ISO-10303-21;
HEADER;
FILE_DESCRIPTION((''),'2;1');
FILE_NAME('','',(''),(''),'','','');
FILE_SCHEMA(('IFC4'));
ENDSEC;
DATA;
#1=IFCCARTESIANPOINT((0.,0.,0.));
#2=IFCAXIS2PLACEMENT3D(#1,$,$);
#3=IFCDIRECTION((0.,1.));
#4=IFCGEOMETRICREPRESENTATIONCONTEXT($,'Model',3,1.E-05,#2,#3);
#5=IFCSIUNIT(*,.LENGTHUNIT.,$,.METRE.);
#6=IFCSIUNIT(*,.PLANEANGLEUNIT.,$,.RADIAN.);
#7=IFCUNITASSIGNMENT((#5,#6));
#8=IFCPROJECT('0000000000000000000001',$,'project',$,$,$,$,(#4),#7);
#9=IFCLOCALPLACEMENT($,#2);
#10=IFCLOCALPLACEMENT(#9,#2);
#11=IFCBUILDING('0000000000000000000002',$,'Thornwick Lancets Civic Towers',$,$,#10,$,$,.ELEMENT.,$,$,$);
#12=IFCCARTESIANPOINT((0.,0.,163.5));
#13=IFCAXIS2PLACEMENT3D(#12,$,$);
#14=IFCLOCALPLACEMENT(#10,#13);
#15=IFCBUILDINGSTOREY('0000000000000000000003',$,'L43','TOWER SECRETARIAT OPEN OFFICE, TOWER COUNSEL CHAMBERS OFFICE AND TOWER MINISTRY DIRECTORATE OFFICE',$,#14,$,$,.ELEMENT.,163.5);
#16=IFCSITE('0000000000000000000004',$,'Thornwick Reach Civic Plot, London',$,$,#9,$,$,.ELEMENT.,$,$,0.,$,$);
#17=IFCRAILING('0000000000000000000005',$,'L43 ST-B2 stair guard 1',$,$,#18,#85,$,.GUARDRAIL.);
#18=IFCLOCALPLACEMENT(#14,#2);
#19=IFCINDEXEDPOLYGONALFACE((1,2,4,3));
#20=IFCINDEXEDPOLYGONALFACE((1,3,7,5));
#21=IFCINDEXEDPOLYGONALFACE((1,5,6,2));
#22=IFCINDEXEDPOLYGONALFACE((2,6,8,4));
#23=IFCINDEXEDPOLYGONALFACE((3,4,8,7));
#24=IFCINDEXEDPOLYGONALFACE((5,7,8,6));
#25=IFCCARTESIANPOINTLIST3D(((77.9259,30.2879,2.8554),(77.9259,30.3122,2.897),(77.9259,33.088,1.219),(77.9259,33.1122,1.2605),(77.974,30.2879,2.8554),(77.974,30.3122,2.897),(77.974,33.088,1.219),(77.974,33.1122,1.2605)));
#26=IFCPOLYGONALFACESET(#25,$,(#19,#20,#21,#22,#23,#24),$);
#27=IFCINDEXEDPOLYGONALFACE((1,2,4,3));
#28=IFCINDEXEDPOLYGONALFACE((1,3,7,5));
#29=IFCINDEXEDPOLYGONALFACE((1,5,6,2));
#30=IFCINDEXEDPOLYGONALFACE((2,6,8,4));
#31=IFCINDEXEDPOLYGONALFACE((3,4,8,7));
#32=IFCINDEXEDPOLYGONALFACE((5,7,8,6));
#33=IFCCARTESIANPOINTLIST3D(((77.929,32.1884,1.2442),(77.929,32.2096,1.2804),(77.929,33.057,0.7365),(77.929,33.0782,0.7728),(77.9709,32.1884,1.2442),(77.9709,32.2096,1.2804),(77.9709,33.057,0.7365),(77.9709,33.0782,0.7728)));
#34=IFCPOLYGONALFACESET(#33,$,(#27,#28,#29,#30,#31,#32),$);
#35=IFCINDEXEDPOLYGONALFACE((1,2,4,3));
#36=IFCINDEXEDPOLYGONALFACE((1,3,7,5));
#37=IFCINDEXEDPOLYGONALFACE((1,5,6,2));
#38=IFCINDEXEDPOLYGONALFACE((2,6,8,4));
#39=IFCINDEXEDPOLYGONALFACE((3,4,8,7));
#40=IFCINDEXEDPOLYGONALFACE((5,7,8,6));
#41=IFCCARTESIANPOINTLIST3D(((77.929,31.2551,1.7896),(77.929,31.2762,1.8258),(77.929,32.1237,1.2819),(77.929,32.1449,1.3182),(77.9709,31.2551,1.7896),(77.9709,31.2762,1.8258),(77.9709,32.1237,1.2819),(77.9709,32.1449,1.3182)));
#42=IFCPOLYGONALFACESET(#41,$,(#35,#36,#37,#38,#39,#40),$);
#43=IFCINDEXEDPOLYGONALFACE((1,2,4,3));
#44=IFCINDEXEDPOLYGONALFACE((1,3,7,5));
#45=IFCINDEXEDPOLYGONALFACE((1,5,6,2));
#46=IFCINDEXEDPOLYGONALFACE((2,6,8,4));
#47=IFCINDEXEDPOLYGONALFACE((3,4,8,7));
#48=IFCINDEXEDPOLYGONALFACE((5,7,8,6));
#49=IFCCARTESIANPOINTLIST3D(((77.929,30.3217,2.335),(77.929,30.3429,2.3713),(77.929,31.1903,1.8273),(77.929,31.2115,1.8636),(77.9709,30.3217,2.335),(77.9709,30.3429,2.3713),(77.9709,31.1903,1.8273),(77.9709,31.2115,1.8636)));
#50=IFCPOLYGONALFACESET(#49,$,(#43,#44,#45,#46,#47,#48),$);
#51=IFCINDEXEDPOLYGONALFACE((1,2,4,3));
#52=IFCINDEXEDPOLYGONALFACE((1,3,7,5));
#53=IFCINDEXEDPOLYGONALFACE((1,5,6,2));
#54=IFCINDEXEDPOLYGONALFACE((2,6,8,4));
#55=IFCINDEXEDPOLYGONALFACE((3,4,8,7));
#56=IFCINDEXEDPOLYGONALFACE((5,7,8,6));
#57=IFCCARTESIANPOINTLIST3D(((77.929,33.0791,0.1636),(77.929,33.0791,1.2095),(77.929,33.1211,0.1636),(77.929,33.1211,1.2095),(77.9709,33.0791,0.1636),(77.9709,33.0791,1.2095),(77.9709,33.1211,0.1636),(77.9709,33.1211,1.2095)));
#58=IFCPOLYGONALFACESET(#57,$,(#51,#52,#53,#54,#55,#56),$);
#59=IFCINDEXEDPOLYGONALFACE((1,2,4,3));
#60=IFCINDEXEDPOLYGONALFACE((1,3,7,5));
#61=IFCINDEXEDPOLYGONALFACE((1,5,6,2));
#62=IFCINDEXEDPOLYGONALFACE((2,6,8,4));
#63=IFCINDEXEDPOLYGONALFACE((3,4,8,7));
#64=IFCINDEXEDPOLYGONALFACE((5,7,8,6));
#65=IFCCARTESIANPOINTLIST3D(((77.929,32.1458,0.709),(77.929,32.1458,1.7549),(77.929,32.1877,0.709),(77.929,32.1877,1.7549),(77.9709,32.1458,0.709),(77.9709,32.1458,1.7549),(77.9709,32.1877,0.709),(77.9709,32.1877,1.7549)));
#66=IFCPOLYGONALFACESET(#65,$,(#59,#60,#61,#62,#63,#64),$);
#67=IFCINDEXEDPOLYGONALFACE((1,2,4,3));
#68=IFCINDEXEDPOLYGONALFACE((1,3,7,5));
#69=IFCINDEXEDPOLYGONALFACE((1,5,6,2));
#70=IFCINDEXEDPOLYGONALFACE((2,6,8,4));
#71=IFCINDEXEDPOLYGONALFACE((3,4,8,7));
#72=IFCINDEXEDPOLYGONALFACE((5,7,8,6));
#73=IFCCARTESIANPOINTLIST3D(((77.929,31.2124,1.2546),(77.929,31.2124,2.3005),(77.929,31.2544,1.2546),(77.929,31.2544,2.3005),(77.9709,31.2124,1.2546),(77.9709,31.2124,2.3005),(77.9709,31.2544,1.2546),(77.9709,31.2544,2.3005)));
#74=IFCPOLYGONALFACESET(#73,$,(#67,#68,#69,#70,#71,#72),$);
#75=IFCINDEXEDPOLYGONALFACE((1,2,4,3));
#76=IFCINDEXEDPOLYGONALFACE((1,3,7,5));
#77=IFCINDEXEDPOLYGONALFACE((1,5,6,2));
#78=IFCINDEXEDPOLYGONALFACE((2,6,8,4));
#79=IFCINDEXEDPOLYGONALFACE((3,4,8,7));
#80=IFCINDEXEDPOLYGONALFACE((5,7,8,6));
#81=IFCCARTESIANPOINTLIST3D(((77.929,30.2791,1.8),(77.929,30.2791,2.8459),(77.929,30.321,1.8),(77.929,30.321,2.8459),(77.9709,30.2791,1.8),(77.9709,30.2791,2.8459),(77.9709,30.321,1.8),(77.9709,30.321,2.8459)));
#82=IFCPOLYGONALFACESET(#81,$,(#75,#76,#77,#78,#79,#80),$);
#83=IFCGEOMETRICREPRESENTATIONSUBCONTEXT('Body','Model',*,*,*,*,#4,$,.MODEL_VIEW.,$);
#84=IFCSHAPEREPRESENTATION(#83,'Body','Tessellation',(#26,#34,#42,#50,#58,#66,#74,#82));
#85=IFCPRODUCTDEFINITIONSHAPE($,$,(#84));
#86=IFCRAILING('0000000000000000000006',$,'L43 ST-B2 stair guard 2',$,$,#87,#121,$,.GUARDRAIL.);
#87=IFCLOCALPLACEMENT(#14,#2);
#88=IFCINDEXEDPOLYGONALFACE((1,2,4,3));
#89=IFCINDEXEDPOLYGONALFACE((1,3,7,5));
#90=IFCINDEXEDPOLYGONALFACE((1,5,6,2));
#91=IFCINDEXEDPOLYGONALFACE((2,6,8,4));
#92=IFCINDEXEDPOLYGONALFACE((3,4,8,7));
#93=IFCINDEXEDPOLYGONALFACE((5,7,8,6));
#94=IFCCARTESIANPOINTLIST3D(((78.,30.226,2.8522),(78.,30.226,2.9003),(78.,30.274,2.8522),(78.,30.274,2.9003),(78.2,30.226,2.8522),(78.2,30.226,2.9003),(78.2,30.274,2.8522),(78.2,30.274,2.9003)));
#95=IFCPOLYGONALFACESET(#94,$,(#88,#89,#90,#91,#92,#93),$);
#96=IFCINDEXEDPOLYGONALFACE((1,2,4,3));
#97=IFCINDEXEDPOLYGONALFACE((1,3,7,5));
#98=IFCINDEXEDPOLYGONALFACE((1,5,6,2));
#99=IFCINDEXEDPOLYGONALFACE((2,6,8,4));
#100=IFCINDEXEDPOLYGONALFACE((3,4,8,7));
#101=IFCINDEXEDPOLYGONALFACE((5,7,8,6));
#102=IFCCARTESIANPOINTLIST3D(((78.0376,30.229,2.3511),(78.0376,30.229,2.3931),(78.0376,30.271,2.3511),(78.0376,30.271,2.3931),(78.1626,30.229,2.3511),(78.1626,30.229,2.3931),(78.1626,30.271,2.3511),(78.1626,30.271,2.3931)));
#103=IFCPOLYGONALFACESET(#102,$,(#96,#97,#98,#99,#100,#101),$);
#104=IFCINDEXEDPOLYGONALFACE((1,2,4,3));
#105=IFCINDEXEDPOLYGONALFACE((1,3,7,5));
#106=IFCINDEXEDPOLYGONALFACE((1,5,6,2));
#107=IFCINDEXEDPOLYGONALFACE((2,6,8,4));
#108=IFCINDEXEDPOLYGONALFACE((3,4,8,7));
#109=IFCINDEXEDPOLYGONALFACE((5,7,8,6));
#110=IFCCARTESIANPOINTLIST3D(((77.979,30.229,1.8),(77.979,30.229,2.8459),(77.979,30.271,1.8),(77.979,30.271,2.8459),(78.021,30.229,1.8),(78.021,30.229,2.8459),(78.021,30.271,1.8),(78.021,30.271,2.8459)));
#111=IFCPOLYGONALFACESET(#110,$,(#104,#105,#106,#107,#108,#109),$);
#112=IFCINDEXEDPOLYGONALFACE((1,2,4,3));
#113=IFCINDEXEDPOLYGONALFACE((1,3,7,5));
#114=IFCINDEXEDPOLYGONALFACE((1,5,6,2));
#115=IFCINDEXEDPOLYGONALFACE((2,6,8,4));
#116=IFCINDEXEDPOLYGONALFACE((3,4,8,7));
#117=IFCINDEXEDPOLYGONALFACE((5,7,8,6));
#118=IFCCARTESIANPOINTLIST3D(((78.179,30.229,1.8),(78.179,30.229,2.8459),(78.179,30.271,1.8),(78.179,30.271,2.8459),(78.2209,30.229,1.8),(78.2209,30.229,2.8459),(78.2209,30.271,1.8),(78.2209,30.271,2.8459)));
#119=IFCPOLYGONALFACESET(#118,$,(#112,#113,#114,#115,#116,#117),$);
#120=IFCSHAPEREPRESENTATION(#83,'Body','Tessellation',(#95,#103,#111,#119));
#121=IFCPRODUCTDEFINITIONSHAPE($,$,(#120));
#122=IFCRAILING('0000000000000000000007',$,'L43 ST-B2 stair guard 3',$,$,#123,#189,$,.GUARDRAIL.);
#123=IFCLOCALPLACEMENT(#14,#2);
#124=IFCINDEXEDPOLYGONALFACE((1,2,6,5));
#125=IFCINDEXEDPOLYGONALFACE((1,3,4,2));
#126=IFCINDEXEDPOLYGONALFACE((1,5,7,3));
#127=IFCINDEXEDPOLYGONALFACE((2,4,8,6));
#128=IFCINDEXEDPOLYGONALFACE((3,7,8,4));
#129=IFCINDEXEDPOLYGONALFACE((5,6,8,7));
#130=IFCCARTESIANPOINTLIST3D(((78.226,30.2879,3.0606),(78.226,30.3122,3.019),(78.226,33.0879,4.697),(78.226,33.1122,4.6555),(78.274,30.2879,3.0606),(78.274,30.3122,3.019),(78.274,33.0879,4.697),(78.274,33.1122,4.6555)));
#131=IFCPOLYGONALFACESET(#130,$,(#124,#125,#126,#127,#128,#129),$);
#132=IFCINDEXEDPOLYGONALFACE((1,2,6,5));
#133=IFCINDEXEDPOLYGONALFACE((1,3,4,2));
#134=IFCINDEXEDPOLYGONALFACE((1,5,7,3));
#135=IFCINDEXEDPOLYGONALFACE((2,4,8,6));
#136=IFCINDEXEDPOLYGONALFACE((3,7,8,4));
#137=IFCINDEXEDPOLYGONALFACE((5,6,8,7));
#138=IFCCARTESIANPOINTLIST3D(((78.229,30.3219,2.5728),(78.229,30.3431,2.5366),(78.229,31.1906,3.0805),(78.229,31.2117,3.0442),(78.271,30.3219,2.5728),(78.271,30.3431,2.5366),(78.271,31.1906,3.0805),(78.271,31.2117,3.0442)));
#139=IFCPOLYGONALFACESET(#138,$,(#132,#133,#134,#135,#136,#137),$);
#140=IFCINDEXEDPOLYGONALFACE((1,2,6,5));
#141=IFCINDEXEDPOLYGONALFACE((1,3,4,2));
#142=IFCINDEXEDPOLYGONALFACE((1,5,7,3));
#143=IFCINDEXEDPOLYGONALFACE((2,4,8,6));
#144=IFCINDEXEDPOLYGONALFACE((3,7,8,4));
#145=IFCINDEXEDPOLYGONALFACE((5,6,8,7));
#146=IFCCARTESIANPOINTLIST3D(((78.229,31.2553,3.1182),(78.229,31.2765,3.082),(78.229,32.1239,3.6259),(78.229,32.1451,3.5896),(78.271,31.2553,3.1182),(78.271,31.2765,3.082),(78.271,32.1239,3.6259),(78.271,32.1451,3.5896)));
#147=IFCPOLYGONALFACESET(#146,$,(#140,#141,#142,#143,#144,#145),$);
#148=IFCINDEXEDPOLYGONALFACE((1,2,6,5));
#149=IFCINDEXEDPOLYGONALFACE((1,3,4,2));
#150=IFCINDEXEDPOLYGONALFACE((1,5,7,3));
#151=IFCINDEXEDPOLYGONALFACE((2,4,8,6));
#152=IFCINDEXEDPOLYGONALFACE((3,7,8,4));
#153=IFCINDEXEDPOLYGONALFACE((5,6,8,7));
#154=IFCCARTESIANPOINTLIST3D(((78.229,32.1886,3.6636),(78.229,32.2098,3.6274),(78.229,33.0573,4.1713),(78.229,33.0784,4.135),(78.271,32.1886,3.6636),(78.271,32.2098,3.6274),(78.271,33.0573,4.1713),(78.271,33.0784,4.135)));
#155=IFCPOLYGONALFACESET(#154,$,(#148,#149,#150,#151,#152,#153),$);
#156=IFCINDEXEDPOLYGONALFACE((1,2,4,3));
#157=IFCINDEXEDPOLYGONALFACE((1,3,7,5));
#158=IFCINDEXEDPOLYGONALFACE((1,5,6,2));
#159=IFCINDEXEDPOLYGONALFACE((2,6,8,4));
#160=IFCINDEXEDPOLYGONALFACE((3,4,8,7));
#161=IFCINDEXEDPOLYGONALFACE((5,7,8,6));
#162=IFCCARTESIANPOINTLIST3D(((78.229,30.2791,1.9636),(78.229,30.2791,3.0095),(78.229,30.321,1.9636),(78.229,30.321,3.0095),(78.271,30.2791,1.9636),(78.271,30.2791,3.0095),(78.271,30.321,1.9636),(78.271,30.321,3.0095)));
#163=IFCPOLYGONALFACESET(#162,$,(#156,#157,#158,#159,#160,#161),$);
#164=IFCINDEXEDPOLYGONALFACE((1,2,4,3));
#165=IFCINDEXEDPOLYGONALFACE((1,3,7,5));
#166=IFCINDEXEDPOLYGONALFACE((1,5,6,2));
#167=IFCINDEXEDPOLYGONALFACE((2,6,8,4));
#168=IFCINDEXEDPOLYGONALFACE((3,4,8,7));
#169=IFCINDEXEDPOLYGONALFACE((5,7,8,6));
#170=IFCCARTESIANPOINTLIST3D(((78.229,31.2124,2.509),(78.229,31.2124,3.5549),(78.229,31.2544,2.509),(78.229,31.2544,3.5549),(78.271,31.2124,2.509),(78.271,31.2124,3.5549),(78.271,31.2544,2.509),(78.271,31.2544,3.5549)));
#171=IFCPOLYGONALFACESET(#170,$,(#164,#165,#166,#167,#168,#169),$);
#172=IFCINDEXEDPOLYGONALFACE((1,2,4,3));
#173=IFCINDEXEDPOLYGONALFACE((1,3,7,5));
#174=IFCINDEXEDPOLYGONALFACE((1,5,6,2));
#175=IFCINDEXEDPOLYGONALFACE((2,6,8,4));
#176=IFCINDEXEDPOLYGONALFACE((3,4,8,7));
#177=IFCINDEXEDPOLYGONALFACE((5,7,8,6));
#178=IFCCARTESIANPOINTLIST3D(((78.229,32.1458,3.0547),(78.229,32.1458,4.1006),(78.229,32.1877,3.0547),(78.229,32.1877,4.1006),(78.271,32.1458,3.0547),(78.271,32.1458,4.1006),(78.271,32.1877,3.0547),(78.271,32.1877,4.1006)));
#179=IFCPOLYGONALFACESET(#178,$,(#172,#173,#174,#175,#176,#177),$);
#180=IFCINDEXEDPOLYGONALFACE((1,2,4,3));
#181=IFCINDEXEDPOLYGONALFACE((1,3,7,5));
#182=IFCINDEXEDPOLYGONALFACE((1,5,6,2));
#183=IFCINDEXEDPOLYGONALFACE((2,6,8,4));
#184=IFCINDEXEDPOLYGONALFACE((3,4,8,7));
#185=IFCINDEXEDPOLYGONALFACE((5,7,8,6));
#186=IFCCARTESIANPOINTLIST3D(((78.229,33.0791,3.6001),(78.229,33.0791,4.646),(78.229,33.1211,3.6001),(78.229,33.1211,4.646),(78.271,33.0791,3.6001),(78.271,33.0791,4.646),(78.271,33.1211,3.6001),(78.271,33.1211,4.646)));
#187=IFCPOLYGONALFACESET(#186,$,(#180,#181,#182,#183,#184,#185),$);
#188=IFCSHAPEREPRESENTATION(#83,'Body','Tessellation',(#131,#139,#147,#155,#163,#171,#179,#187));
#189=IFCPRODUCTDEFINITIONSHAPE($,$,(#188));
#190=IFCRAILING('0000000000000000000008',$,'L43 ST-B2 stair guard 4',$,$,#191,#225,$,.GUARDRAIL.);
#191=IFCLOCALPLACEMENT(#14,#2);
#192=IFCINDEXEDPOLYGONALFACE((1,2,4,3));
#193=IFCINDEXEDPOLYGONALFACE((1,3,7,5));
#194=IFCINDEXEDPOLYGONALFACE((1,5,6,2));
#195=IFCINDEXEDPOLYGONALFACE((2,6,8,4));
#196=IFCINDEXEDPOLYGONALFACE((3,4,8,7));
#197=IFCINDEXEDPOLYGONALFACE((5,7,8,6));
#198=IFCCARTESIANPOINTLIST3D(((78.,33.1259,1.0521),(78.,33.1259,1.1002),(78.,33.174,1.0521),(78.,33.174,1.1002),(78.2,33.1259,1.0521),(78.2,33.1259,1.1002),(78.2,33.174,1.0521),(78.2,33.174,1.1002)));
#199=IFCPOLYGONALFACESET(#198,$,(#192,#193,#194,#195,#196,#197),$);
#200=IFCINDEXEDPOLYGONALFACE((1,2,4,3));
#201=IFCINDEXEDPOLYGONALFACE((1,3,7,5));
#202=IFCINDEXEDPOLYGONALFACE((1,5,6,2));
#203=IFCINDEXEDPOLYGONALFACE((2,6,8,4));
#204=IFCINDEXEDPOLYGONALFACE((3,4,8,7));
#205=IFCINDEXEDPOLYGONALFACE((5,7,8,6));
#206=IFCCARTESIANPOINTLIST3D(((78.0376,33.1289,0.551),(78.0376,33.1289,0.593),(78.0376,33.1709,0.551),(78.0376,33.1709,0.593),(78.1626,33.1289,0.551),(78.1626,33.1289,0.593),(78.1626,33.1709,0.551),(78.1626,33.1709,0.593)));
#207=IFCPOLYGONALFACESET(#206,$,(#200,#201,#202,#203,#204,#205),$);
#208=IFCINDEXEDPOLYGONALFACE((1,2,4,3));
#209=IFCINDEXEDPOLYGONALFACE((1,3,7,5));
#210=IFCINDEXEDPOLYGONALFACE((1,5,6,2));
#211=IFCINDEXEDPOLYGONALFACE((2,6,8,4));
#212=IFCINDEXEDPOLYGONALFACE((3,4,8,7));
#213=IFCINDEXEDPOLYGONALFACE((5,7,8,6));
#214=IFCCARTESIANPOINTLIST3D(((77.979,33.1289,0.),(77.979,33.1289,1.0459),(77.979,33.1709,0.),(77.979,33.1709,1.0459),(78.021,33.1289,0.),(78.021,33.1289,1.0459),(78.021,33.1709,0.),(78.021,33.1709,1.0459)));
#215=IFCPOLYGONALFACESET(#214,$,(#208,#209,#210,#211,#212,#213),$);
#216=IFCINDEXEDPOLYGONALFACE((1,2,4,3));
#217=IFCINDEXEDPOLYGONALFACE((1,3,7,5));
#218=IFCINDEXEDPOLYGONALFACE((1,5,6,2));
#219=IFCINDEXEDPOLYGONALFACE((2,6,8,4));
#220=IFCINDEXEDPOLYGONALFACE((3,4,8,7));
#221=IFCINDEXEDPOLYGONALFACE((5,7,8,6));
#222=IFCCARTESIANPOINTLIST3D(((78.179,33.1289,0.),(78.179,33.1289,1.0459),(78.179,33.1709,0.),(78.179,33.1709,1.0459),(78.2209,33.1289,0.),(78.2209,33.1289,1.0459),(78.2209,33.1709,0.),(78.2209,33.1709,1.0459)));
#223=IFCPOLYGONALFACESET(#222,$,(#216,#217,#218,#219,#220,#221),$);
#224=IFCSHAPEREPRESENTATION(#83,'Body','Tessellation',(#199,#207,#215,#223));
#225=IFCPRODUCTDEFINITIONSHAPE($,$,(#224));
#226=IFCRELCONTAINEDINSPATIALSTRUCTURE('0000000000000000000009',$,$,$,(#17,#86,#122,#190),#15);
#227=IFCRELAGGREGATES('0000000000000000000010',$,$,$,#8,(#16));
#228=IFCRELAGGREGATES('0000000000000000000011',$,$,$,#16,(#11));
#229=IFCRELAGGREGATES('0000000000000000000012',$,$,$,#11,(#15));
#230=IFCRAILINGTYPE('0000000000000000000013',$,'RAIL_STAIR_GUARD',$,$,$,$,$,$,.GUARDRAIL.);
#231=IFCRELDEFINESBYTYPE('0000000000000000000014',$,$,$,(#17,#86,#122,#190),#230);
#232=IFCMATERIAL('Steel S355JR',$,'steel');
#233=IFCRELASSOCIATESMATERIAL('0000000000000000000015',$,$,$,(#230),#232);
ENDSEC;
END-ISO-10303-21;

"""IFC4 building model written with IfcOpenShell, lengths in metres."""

from ifc_helpers import new_model, si_unit, direction, frame, origin, origin_2d, place, context, subcontext, project, spatial, rectangle, extrude, material, type_object, element, save


model = new_model("IFC4")

# Units and contexts
model_context = context("Model", 3, precision=1e-05, world=origin(), true_north=direction((0.0, 1.0)))
body_context = subcontext(model_context, "Body", "Model", "MODEL_VIEW")
ifc_project = project(units=[si_unit("LENGTHUNIT", "METRE"), si_unit("PLANEANGLEUNIT", "RADIAN")], contexts=[model_context])

# Site, building, storey
site_placement = place(None, origin())
site = spatial("IfcSite", under=ifc_project, at=site_placement, Name="Thornwick Reach Civic Plot, London", CompositionType="ELEMENT", RefElevation=0.0)
building_placement = place(site_placement, origin())
building = spatial("IfcBuilding", under=site, at=building_placement, Name="Thornwick Lancets Civic Towers", CompositionType="ELEMENT")
storey_placement = place(building_placement, frame((0.0, 0.0, 163.5)))
storey = spatial("IfcBuildingStorey", under=building, at=storey_placement, Name="L43", Description="TOWER SECRETARIAT OPEN OFFICE, TOWER COUNSEL CHAMBERS OFFICE AND TOWER MINISTRY DIRECTORATE OFFICE", CompositionType="ELEMENT", Elevation=163.5)

# Shared definitions
ifc_material_1 = material(Name="Steel S355JR", Category="steel")

# Railings
railing_type_1 = type_object("IfcRailingType", Name="RAIL_STAIR_GUARD", PredefinedType="GUARDRAIL", material=ifc_material_1)
railing_1_placement = place(storey_placement, frame((77.95, 33.1001, 0.1636)))
element("IfcRailing", 1, at=railing_1_placement, inside=storey, type_object=railing_type_1, Name="L43 ST-B2 stair guard 1", PredefinedType="GUARDRAIL", context=body_context, shape_type="SweptSolid", body=[
    extrude(rectangle(XDim=0.0481, YDim=0.0481, at=origin_2d()), frame((0.0, 0.0, 1.0762), z_axis=(0.0, -0.863361, 0.504587), x_axis=(1.0, 0.0, 0.0)), (0.0, 0.0, 1.0), 3.2432),
    extrude(rectangle(XDim=0.042, YDim=0.042, at=origin_2d()), frame((0.0, -0.0325, 0.5911), z_axis=(0.0, -0.863361, 0.504587), x_axis=(1.0, 0.0, 0.0)), (0.0, 0.0, 1.0), 1.0061),
    extrude(rectangle(XDim=0.042, YDim=0.042, at=origin_2d()), frame((0.0, -0.9658, 1.1365), z_axis=(0.0, -0.863361, 0.504587), x_axis=(1.0, 0.0, 0.0)), (0.0, 0.0, 1.0), 1.0061),
    extrude(rectangle(XDim=0.042, YDim=0.042, at=origin_2d()), frame((0.0, -1.8992, 1.6819), z_axis=(0.0, -0.863361, 0.504587), x_axis=(1.0, 0.0, 0.0)), (0.0, 0.0, 1.0), 1.0061),
    extrude(rectangle(XDim=0.042, YDim=0.042, at=origin_2d()), origin(), (0.0, 0.0, 1.0), 1.0459),
    extrude(rectangle(XDim=0.042, YDim=0.042, at=origin_2d()), frame((0.0, -0.9333, 0.5454)), (0.0, 0.0, 1.0), 1.0459),
    extrude(rectangle(XDim=0.042, YDim=0.042, at=origin_2d()), frame((0.0, -1.8667, 1.0911)), (0.0, 0.0, 1.0), 1.0459),
    extrude(rectangle(XDim=0.042, YDim=0.042, at=origin_2d()), frame((0.0, -2.8, 1.6365)), (0.0, 0.0, 1.0), 1.0459),
])
railing_2_placement = place(storey_placement, frame((78.0, 30.25, 1.8)))
element("IfcRailing", 2, at=railing_2_placement, inside=storey, type_object=railing_type_1, Name="L43 ST-B2 stair guard 2", PredefinedType="GUARDRAIL", context=body_context, shape_type="SweptSolid", body=[
    extrude(rectangle(XDim=0.0481, YDim=0.0481, at=origin_2d()), frame((0.0, 0.0, 1.0762), z_axis=(1.0, 0.0, 0.0), x_axis=(0.0, 1.0, 0.0)), (0.0, 0.0, 1.0), 0.2),
    extrude(rectangle(XDim=0.042, YDim=0.042, at=origin_2d()), frame((0.0376, 0.0, 0.572), z_axis=(1.0, 0.0, 0.0), x_axis=(0.0, 1.0, 0.0)), (0.0, 0.0, 1.0), 0.125),
    extrude(rectangle(XDim=0.042, YDim=0.042, at=origin_2d()), origin(), (0.0, 0.0, 1.0), 1.0459),
    extrude(rectangle(XDim=0.042, YDim=0.042, at=origin_2d()), frame((0.2, 0.0, 0.0)), (0.0, 0.0, 1.0), 1.0459),
])
railing_3_placement = place(storey_placement, frame((78.25, 30.3, 1.9636)))
element("IfcRailing", 3, at=railing_3_placement, inside=storey, type_object=railing_type_1, Name="L43 ST-B2 stair guard 3", PredefinedType="GUARDRAIL", context=body_context, shape_type="SweptSolid", body=[
    extrude(rectangle(XDim=0.0481, YDim=0.0481, at=origin_2d()), frame((0.0, 0.0, 1.0762), z_axis=(0.0, 0.863361, 0.504587), x_axis=(-1.0, 0.0, 0.0)), (0.0, 0.0, 1.0), 3.2432),
    extrude(rectangle(XDim=0.042, YDim=0.042, at=origin_2d()), frame((0.0, 0.0325, 0.5911), z_axis=(0.0, 0.863361, 0.504587), x_axis=(-1.0, 0.0, 0.0)), (0.0, 0.0, 1.0), 1.0061),
    extrude(rectangle(XDim=0.042, YDim=0.042, at=origin_2d()), frame((0.0, 0.9658, 1.1365), z_axis=(0.0, 0.863361, 0.504587), x_axis=(-1.0, 0.0, 0.0)), (0.0, 0.0, 1.0), 1.0061),
    extrude(rectangle(XDim=0.042, YDim=0.042, at=origin_2d()), frame((0.0, 1.8992, 1.6819), z_axis=(0.0, 0.863361, 0.504587), x_axis=(-1.0, 0.0, 0.0)), (0.0, 0.0, 1.0), 1.0061),
    extrude(rectangle(XDim=0.042, YDim=0.042, at=origin_2d()), origin(), (0.0, 0.0, 1.0), 1.0459),
    extrude(rectangle(XDim=0.042, YDim=0.042, at=origin_2d()), frame((0.0, 0.9333, 0.5454)), (0.0, 0.0, 1.0), 1.0459),
    extrude(rectangle(XDim=0.042, YDim=0.042, at=origin_2d()), frame((0.0, 1.8667, 1.0911)), (0.0, 0.0, 1.0), 1.0459),
    extrude(rectangle(XDim=0.042, YDim=0.042, at=origin_2d()), frame((0.0, 2.8, 1.6365)), (0.0, 0.0, 1.0), 1.0459),
])
railing_4_placement = place(storey_placement, frame((78.0, 33.1499, 0.0)))
element("IfcRailing", 4, at=railing_4_placement, inside=storey, type_object=railing_type_1, Name="L43 ST-B2 stair guard 4", PredefinedType="GUARDRAIL", context=body_context, shape_type="SweptSolid", body=[
    extrude(rectangle(XDim=0.0481, YDim=0.0481, at=origin_2d()), frame((0.0, 0.0, 1.0762), z_axis=(1.0, 0.0, 0.0), x_axis=(0.0, 1.0, 0.0)), (0.0, 0.0, 1.0), 0.2),
    extrude(rectangle(XDim=0.042, YDim=0.042, at=origin_2d()), frame((0.0376, 0.0, 0.572), z_axis=(1.0, 0.0, 0.0), x_axis=(0.0, 1.0, 0.0)), (0.0, 0.0, 1.0), 0.125),
    extrude(rectangle(XDim=0.042, YDim=0.042, at=origin_2d()), origin(), (0.0, 0.0, 1.0), 1.0459),
    extrude(rectangle(XDim=0.042, YDim=0.042, at=origin_2d()), frame((0.2, 0.0, 0.0)), (0.0, 0.0, 1.0), 1.0459),
])

save(model, "model.ifc")
